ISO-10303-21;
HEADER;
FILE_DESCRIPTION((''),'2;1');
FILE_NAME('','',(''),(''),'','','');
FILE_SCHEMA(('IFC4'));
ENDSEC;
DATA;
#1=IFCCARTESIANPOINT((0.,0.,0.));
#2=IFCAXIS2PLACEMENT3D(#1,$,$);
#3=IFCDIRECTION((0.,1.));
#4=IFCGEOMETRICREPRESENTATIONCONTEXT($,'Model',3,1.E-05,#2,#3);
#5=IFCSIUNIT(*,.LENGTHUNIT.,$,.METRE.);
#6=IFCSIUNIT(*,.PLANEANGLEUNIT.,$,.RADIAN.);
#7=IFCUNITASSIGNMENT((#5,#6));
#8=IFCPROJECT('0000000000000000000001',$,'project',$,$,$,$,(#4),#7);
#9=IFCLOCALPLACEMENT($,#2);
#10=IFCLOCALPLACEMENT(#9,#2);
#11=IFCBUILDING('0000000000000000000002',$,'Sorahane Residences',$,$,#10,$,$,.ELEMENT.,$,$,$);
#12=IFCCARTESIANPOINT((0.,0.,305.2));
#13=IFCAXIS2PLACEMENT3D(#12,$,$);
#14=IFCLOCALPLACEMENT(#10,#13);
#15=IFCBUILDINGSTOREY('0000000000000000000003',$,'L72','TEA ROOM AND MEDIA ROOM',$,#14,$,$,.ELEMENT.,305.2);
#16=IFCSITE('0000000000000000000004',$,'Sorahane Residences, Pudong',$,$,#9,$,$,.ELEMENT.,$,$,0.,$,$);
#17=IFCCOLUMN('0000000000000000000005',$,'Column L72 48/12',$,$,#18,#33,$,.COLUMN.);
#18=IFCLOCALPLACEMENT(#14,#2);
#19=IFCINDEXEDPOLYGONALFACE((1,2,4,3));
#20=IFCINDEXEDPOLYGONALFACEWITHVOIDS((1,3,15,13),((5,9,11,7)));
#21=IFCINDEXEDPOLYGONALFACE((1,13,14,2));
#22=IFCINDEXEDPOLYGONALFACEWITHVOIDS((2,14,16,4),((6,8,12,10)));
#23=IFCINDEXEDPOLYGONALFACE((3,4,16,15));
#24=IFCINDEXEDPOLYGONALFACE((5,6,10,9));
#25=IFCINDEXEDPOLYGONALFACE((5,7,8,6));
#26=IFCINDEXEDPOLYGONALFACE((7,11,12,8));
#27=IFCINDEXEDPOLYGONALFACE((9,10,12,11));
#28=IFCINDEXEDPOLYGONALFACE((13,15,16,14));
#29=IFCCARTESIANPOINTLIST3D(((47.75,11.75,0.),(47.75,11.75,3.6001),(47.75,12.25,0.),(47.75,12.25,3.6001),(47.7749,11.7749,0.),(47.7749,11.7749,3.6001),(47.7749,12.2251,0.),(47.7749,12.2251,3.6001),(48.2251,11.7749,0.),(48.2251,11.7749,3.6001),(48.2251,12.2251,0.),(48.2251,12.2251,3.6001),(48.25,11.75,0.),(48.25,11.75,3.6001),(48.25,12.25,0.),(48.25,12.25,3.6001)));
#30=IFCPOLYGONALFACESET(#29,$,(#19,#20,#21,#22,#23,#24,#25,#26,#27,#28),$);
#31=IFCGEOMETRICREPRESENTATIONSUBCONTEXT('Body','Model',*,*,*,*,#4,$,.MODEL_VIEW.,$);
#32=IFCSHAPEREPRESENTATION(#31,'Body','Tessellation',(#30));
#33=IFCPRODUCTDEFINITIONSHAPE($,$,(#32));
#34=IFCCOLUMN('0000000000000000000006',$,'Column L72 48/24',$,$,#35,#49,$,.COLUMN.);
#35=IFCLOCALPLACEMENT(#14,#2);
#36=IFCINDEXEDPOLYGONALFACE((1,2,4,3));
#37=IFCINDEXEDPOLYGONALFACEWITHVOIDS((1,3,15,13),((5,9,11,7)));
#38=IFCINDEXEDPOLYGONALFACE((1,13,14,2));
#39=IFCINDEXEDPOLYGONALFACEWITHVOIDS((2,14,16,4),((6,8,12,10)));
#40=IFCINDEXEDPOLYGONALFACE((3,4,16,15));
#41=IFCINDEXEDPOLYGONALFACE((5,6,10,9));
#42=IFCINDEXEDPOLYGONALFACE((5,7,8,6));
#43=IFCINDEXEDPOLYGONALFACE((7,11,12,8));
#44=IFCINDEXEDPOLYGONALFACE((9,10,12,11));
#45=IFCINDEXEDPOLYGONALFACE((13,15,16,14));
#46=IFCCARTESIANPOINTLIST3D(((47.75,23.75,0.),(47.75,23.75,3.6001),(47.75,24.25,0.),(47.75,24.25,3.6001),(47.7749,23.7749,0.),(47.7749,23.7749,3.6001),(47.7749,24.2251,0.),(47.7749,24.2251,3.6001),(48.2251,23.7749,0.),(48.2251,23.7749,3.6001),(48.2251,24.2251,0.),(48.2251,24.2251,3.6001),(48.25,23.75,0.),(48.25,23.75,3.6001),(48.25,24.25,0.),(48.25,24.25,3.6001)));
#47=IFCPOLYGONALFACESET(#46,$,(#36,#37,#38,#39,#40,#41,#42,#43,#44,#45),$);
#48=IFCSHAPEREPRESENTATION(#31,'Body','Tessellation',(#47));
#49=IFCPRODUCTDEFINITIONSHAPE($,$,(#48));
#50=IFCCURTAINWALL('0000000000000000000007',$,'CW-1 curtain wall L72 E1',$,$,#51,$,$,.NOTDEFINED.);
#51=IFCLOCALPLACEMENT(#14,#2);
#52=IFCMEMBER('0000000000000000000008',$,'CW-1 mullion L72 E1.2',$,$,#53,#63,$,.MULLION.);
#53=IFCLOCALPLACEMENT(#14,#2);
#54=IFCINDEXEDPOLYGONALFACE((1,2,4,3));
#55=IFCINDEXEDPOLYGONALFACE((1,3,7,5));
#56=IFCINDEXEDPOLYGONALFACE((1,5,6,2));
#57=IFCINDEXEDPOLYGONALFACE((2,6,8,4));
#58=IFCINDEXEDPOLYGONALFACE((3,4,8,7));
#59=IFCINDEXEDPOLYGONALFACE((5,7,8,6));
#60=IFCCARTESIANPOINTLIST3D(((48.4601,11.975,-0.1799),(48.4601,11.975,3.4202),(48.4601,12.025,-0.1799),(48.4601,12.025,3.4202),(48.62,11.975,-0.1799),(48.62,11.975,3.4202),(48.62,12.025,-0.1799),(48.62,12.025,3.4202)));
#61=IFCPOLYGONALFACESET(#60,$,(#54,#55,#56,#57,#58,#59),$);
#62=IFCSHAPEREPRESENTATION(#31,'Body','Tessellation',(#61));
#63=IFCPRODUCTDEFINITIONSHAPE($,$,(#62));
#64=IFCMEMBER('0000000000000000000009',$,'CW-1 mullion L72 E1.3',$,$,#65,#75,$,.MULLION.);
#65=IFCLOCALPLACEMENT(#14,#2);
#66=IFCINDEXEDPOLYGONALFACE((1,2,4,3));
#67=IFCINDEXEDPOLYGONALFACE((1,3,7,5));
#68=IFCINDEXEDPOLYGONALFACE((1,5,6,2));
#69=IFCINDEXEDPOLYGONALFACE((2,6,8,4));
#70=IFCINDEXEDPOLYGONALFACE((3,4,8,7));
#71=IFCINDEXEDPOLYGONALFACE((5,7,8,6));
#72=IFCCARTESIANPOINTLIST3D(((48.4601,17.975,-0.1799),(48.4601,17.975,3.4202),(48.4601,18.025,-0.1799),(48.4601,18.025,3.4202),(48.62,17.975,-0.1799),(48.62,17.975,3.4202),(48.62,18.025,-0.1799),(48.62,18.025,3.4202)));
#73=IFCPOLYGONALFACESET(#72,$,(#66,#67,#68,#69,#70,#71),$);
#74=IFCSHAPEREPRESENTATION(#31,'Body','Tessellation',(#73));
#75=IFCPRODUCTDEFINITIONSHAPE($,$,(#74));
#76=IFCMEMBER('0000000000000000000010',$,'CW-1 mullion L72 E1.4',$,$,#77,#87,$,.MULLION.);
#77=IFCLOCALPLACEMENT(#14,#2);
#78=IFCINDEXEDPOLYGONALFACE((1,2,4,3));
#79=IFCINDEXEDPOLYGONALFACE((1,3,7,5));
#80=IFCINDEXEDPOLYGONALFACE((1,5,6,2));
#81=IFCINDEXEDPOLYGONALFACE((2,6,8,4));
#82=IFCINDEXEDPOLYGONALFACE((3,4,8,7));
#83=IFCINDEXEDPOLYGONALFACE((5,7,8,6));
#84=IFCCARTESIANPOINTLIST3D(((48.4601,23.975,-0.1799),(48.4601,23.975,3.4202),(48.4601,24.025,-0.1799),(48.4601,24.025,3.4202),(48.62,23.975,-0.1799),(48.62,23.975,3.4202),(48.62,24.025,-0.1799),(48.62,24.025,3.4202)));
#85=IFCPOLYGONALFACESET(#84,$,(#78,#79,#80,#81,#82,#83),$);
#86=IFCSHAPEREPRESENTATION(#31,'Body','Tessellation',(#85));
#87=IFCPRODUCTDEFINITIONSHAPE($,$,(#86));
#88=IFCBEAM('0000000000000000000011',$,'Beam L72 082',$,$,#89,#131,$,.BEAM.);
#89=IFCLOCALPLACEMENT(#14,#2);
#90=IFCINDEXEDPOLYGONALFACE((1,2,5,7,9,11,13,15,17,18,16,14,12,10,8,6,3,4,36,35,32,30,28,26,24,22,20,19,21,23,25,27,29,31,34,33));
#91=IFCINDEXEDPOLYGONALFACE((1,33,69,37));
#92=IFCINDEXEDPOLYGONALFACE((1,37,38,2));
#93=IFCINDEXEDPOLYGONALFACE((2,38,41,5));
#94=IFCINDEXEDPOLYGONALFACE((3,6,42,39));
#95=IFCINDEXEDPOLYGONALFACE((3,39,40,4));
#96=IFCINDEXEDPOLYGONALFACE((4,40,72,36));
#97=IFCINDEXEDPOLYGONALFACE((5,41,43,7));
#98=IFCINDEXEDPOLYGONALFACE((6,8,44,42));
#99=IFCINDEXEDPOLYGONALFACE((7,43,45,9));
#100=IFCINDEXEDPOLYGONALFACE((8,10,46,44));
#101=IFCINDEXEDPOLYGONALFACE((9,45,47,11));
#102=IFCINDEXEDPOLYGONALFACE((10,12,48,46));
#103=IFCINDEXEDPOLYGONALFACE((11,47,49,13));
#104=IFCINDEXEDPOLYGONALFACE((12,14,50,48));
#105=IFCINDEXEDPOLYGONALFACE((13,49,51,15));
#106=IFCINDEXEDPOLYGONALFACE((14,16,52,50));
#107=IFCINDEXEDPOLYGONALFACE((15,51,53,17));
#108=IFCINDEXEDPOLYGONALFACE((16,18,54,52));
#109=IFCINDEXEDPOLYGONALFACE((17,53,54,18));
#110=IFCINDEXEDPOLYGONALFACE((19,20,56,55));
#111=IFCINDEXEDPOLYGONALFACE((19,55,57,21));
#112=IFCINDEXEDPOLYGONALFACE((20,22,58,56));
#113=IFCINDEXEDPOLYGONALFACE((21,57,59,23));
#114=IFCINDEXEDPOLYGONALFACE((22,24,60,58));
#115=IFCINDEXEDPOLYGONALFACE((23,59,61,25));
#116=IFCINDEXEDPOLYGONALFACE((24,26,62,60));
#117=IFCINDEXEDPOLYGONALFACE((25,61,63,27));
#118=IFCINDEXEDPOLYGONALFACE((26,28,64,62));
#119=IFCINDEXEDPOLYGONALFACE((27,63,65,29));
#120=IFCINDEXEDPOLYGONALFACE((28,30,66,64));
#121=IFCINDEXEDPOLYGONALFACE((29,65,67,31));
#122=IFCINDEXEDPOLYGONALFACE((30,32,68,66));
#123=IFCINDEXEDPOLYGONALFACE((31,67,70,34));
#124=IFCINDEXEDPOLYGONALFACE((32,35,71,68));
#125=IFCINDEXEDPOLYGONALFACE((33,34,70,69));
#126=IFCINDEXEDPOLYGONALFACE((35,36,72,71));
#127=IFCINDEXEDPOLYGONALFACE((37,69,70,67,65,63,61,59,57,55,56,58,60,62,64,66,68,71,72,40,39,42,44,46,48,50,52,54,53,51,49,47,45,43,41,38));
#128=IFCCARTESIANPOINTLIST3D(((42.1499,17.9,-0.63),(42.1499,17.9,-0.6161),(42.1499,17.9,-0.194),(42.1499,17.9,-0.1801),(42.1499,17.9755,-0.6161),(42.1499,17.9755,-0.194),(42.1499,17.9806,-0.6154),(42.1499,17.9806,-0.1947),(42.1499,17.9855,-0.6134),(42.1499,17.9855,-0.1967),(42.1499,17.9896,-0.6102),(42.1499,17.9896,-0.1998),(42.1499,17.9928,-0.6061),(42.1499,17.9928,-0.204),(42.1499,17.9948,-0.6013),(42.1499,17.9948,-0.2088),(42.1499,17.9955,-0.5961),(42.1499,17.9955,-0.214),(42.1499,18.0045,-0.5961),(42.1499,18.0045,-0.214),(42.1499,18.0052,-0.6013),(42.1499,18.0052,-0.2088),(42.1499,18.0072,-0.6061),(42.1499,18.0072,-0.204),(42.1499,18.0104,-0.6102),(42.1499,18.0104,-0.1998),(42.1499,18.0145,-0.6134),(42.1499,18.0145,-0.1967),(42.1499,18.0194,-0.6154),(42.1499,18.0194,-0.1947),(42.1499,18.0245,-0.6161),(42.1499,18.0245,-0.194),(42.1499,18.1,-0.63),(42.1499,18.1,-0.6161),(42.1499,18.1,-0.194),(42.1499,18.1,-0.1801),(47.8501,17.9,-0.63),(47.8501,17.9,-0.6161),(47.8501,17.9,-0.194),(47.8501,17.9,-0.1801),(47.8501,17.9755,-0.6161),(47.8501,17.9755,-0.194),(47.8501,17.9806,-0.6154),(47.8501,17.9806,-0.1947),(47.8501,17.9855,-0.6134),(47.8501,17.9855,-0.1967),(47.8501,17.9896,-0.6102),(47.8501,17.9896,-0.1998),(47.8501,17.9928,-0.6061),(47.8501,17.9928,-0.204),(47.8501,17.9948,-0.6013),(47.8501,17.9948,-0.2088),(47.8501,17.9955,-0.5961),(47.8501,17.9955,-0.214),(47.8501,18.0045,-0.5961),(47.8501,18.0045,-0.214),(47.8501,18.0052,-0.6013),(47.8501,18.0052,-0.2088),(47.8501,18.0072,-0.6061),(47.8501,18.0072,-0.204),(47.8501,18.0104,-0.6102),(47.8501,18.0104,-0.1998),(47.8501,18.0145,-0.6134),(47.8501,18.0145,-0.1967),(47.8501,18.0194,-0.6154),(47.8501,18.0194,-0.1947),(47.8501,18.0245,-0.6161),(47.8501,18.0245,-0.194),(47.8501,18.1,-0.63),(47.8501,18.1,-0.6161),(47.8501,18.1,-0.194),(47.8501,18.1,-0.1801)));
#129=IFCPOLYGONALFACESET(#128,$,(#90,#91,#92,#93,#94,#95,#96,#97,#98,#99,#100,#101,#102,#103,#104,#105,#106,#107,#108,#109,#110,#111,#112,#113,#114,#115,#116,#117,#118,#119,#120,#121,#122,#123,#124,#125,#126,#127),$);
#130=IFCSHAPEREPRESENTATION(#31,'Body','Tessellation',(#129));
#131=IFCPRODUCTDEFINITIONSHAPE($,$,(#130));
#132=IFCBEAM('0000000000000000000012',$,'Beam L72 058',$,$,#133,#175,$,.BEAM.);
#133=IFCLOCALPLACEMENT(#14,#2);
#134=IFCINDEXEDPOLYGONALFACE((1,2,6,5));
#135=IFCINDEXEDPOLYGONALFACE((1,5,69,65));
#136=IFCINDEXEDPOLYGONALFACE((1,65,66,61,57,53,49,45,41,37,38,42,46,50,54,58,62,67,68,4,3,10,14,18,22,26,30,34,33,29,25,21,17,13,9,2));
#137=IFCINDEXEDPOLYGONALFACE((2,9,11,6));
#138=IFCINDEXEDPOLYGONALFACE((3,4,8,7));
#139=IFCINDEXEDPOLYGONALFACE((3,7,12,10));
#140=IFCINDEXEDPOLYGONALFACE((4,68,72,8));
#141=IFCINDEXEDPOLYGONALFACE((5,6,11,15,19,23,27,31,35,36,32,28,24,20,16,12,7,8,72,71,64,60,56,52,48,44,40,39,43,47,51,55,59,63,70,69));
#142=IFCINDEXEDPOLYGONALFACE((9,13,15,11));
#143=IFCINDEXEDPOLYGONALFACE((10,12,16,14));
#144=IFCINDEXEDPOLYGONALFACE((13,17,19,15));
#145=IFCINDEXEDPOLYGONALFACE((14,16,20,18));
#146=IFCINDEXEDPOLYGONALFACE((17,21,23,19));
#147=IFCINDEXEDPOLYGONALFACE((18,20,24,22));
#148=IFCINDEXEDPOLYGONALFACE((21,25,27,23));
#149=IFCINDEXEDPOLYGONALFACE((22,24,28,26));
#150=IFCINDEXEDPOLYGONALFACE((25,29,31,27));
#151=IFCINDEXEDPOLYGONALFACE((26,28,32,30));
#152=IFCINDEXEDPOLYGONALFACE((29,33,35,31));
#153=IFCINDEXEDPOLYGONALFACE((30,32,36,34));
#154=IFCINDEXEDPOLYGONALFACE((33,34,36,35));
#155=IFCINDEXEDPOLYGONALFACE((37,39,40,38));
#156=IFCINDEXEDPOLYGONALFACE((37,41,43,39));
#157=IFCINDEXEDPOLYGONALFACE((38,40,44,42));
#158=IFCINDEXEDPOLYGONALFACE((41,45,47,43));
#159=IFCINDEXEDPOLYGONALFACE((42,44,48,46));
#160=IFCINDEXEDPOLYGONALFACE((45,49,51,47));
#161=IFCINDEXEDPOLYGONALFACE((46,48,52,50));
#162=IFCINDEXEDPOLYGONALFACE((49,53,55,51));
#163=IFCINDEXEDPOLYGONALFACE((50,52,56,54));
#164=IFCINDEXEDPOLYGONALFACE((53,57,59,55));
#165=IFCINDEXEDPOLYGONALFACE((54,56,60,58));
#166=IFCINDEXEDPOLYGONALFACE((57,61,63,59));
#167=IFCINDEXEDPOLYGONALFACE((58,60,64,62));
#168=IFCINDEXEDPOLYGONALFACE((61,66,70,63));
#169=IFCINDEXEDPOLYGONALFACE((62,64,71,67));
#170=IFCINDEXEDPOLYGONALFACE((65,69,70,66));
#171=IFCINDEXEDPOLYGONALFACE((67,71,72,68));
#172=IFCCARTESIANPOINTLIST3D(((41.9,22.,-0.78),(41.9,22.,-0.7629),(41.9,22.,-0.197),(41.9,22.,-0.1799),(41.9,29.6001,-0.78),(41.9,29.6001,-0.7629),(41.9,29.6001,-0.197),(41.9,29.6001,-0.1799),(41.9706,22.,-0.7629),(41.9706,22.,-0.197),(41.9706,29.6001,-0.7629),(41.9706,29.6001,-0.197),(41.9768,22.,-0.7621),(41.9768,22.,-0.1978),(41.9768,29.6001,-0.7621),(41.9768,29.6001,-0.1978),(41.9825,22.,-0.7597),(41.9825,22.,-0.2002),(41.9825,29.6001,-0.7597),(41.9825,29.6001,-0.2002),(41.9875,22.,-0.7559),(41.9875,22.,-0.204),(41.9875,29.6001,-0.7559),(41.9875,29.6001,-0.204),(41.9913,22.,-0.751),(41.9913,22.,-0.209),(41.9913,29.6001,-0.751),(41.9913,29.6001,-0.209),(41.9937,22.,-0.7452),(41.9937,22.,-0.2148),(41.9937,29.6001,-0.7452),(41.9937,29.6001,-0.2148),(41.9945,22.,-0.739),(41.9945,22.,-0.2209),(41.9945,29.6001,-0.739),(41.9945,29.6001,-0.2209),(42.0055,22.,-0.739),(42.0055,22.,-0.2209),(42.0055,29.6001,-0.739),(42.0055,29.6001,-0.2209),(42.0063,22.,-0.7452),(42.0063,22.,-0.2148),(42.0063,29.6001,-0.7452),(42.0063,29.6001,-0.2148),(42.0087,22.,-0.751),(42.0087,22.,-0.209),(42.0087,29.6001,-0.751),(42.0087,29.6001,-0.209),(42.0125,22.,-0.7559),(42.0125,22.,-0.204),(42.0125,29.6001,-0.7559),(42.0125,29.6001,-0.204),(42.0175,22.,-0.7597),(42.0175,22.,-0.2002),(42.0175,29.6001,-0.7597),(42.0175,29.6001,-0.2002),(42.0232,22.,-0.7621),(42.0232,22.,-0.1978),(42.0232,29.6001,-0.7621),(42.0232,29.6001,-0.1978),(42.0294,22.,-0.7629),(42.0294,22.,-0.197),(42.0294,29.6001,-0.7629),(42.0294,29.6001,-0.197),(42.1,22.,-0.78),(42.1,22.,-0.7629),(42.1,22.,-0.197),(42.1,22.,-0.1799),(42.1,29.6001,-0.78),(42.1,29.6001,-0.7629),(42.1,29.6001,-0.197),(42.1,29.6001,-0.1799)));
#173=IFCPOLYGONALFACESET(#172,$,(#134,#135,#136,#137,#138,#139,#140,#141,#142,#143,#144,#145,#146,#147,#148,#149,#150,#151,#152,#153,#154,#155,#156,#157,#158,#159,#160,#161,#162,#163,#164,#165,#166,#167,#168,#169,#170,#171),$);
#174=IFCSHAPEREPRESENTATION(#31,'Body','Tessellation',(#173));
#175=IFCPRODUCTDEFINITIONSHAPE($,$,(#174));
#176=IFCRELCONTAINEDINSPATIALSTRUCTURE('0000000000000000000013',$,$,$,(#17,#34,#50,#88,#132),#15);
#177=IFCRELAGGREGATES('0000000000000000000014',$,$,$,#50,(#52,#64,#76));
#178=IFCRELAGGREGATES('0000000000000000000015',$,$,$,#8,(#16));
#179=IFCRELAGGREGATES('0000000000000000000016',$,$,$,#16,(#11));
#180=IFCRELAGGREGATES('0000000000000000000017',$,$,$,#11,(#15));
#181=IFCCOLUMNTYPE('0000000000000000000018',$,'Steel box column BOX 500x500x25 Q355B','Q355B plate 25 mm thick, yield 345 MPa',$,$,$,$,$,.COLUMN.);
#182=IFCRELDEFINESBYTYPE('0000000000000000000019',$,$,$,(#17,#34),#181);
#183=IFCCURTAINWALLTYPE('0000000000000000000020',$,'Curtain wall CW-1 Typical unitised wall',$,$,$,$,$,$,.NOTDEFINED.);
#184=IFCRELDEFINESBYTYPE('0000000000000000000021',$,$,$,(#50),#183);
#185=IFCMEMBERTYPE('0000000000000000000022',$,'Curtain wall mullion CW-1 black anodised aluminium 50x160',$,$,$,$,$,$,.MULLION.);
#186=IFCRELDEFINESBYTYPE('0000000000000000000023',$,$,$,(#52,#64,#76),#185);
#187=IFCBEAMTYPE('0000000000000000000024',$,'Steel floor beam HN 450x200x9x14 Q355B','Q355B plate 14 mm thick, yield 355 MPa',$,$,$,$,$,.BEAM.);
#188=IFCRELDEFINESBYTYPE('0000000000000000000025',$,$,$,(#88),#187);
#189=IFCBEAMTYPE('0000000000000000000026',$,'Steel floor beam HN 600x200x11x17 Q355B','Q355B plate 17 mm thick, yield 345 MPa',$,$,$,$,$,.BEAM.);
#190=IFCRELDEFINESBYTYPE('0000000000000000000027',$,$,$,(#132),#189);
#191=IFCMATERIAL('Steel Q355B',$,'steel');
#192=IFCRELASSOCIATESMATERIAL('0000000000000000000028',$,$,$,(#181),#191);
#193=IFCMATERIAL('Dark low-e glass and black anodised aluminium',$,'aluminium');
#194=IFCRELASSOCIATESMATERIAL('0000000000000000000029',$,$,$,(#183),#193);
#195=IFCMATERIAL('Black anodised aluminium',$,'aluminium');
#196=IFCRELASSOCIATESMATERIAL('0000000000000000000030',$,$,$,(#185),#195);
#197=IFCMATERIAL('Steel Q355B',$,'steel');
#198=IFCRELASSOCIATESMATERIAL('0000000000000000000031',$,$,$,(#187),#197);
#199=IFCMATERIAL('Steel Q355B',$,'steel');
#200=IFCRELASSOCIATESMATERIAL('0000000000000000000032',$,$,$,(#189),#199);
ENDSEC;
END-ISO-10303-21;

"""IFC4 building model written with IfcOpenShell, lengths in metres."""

from ifc_helpers import new_model, si_unit, direction, frame, origin, origin_2d, place, context, subcontext, project, spatial, rectangle, hollow_rectangle, i_section, extrude, material, material_profile, profile_set, type_object, element, aggregate, save


model = new_model("IFC4")

# Units and contexts
model_context = context("Model", 3, precision=1e-05, world=origin(), true_north=direction((0.0, 1.0)))
body_context = subcontext(model_context, "Body", "Model", "MODEL_VIEW")
ifc_project = project(units=[si_unit("LENGTHUNIT", "METRE"), si_unit("PLANEANGLEUNIT", "RADIAN")], contexts=[model_context])

# Site, building, storey
site_placement = place(None, origin())
site = spatial("IfcSite", under=ifc_project, at=site_placement, Name="Sorahane Residences, Pudong", CompositionType="ELEMENT", RefElevation=0.0)
building_placement = place(site_placement, origin())
building = spatial("IfcBuilding", under=site, at=building_placement, Name="Sorahane Residences", CompositionType="ELEMENT")
storey_placement = place(building_placement, frame((0.0, 0.0, 305.2)))
storey = spatial("IfcBuildingStorey", under=building, at=storey_placement, Name="L72", Description="TEA ROOM AND MEDIA ROOM", CompositionType="ELEMENT", Elevation=305.2)

# Columns
ifc_material_1 = material(Name="Steel Q355B", Category="steel")
ifc_material_profile_1 = material_profile(ifc_material_1, hollow_rectangle(XDim=0.5, YDim=0.5, WallThickness=0.0249, at=origin_2d()), Name="BOX 500x500x25")
ifc_profile_set_1 = profile_set([ifc_material_profile_1], Name="Steel Q355B")
column_type = type_object("IfcColumnType", Name="Steel box column BOX 500x500x25 Q355B", Description="Q355B plate 25 mm thick, yield 345 MPa", PredefinedType="COLUMN", material=ifc_profile_set_1)
for number, where, z_axis, x_axis, name in (
    (1, (48.0, 12.0, 0.0), (0.0, 0.0, 1.0), (1.0, 0.0, 0.0), "Column L72 48/12"),
    (2, (48.0, 24.0, 0.0), (0.0, 0.0, 1.0), (1.0, 0.0, 0.0), "Column L72 48/24"),
):
    element("IfcColumn", number, at=place(storey_placement, frame(where, z_axis=z_axis, x_axis=x_axis)), inside=storey, type_object=column_type, Name=name, PredefinedType="COLUMN", context=body_context, shape_type="SweptSolid", body=[
        extrude(hollow_rectangle(XDim=0.5, YDim=0.5, WallThickness=0.0249, at=origin_2d()), origin(), (0.0, 0.0, 1.0), 3.6001),
    ])

# Curtain wall, members
ifc_material_2 = material(Name="Dark low-e glass and black anodised aluminium", Category="aluminium")
curtain_wall_type = type_object("IfcCurtainWallType", Name="Curtain wall CW-1 Typical unitised wall", PredefinedType="NOTDEFINED", material=ifc_material_2)
curtain_wall_placement = place(storey_placement, origin())
curtain_wall = element("IfcCurtainWall", 3, at=curtain_wall_placement, inside=storey, type_object=curtain_wall_type, Name="CW-1 curtain wall L72 E1", PredefinedType="NOTDEFINED")
ifc_material_3 = material(Name="Black anodised aluminium", Category="aluminium")
ifc_material_profile_2 = material_profile(ifc_material_3, rectangle(XDim=0.1599, YDim=0.05, at=origin_2d()), Name="Curtain wall mullion CW-1 black anodised aluminium 50x160")
ifc_profile_set_2 = profile_set([ifc_material_profile_2], Name="Black anodised aluminium")
member_type = type_object("IfcMemberType", Name="Curtain wall mullion CW-1 black anodised aluminium 50x160", PredefinedType="MULLION", material=ifc_profile_set_2)
member_1_placement = place(storey_placement, frame((48.54, 12.0, -0.1799), z_axis=(0.0, 0.0, 1.0), x_axis=(1.0, 0.0, 0.0)))
member_1 = element("IfcMember", 4, at=member_1_placement, type_object=member_type, Name="CW-1 mullion L72 E1.2", PredefinedType="MULLION", context=body_context, shape_type="SweptSolid", body=[
    extrude(rectangle(XDim=0.1599, YDim=0.05, at=origin_2d()), origin(), (0.0, 0.0, 1.0), 3.6001),
])
member_2_placement = place(storey_placement, frame((48.54, 18.0, -0.1799), z_axis=(0.0, 0.0, 1.0), x_axis=(1.0, 0.0, 0.0)))
member_2 = element("IfcMember", 5, at=member_2_placement, type_object=member_type, Name="CW-1 mullion L72 E1.3", PredefinedType="MULLION", context=body_context, shape_type="SweptSolid", body=[
    extrude(rectangle(XDim=0.1599, YDim=0.05, at=origin_2d()), origin(), (0.0, 0.0, 1.0), 3.6001),
])
member_3_placement = place(storey_placement, frame((48.54, 24.0, -0.1799), z_axis=(0.0, 0.0, 1.0), x_axis=(1.0, 0.0, 0.0)))
member_3 = element("IfcMember", 6, at=member_3_placement, type_object=member_type, Name="CW-1 mullion L72 E1.4", PredefinedType="MULLION", context=body_context, shape_type="SweptSolid", body=[
    extrude(rectangle(XDim=0.1599, YDim=0.05, at=origin_2d()), origin(), (0.0, 0.0, 1.0), 3.6001),
])

# Beams
ifc_material_4 = material(Name="Steel Q355B", Category="steel")
ifc_material_profile_3 = material_profile(ifc_material_4, i_section(OverallWidth=0.2, OverallDepth=0.45, WebThickness=0.009, FlangeThickness=0.0139, FilletRadius=0.02, at=origin_2d()), Name="HN 450x200x9x14")
ifc_profile_set_3 = profile_set([ifc_material_profile_3], Name="Steel Q355B")
beam_type_1 = type_object("IfcBeamType", Name="Steel floor beam HN 450x200x9x14 Q355B", Description="Q355B plate 14 mm thick, yield 355 MPa", PredefinedType="BEAM", material=ifc_profile_set_3)
beam_1_placement = place(storey_placement, frame((42.1499, 18.0, -0.405), z_axis=(1.0, 0.0, 0.0), x_axis=(0.0, 1.0, 0.0)))
element("IfcBeam", 7, at=beam_1_placement, inside=storey, type_object=beam_type_1, Name="Beam L72 082", PredefinedType="BEAM", context=body_context, shape_type="SweptSolid", body=[
    extrude(i_section(OverallWidth=0.2, OverallDepth=0.45, WebThickness=0.009, FlangeThickness=0.0139, FilletRadius=0.02, at=origin_2d()), origin(), (0.0, 0.0, 1.0), 5.7002),
])
ifc_material_5 = material(Name="Steel Q355B", Category="steel")
ifc_material_profile_4 = material_profile(ifc_material_5, i_section(OverallWidth=0.2, OverallDepth=0.6001, WebThickness=0.011, FlangeThickness=0.0171, FilletRadius=0.0239, at=origin_2d()), Name="HN 600x200x11x17")
ifc_profile_set_4 = profile_set([ifc_material_profile_4], Name="Steel Q355B")
beam_type_2 = type_object("IfcBeamType", Name="Steel floor beam HN 600x200x11x17 Q355B", Description="Q355B plate 17 mm thick, yield 345 MPa", PredefinedType="BEAM", material=ifc_profile_set_4)
beam_2_placement = place(storey_placement, frame((42.0, 22.0, -0.48), z_axis=(0.0, 1.0, 0.0), x_axis=(-1.0, 0.0, 0.0)))
element("IfcBeam", 8, at=beam_2_placement, inside=storey, type_object=beam_type_2, Name="Beam L72 058", PredefinedType="BEAM", context=body_context, shape_type="SweptSolid", body=[
    extrude(i_section(OverallWidth=0.2, OverallDepth=0.6001, WebThickness=0.011, FlangeThickness=0.0171, FilletRadius=0.0239, at=origin_2d()), origin(), (0.0, 0.0, 1.0), 7.6001),
])

aggregate(curtain_wall, [member_1, member_2, member_3])

save(model, "model.ifc")
